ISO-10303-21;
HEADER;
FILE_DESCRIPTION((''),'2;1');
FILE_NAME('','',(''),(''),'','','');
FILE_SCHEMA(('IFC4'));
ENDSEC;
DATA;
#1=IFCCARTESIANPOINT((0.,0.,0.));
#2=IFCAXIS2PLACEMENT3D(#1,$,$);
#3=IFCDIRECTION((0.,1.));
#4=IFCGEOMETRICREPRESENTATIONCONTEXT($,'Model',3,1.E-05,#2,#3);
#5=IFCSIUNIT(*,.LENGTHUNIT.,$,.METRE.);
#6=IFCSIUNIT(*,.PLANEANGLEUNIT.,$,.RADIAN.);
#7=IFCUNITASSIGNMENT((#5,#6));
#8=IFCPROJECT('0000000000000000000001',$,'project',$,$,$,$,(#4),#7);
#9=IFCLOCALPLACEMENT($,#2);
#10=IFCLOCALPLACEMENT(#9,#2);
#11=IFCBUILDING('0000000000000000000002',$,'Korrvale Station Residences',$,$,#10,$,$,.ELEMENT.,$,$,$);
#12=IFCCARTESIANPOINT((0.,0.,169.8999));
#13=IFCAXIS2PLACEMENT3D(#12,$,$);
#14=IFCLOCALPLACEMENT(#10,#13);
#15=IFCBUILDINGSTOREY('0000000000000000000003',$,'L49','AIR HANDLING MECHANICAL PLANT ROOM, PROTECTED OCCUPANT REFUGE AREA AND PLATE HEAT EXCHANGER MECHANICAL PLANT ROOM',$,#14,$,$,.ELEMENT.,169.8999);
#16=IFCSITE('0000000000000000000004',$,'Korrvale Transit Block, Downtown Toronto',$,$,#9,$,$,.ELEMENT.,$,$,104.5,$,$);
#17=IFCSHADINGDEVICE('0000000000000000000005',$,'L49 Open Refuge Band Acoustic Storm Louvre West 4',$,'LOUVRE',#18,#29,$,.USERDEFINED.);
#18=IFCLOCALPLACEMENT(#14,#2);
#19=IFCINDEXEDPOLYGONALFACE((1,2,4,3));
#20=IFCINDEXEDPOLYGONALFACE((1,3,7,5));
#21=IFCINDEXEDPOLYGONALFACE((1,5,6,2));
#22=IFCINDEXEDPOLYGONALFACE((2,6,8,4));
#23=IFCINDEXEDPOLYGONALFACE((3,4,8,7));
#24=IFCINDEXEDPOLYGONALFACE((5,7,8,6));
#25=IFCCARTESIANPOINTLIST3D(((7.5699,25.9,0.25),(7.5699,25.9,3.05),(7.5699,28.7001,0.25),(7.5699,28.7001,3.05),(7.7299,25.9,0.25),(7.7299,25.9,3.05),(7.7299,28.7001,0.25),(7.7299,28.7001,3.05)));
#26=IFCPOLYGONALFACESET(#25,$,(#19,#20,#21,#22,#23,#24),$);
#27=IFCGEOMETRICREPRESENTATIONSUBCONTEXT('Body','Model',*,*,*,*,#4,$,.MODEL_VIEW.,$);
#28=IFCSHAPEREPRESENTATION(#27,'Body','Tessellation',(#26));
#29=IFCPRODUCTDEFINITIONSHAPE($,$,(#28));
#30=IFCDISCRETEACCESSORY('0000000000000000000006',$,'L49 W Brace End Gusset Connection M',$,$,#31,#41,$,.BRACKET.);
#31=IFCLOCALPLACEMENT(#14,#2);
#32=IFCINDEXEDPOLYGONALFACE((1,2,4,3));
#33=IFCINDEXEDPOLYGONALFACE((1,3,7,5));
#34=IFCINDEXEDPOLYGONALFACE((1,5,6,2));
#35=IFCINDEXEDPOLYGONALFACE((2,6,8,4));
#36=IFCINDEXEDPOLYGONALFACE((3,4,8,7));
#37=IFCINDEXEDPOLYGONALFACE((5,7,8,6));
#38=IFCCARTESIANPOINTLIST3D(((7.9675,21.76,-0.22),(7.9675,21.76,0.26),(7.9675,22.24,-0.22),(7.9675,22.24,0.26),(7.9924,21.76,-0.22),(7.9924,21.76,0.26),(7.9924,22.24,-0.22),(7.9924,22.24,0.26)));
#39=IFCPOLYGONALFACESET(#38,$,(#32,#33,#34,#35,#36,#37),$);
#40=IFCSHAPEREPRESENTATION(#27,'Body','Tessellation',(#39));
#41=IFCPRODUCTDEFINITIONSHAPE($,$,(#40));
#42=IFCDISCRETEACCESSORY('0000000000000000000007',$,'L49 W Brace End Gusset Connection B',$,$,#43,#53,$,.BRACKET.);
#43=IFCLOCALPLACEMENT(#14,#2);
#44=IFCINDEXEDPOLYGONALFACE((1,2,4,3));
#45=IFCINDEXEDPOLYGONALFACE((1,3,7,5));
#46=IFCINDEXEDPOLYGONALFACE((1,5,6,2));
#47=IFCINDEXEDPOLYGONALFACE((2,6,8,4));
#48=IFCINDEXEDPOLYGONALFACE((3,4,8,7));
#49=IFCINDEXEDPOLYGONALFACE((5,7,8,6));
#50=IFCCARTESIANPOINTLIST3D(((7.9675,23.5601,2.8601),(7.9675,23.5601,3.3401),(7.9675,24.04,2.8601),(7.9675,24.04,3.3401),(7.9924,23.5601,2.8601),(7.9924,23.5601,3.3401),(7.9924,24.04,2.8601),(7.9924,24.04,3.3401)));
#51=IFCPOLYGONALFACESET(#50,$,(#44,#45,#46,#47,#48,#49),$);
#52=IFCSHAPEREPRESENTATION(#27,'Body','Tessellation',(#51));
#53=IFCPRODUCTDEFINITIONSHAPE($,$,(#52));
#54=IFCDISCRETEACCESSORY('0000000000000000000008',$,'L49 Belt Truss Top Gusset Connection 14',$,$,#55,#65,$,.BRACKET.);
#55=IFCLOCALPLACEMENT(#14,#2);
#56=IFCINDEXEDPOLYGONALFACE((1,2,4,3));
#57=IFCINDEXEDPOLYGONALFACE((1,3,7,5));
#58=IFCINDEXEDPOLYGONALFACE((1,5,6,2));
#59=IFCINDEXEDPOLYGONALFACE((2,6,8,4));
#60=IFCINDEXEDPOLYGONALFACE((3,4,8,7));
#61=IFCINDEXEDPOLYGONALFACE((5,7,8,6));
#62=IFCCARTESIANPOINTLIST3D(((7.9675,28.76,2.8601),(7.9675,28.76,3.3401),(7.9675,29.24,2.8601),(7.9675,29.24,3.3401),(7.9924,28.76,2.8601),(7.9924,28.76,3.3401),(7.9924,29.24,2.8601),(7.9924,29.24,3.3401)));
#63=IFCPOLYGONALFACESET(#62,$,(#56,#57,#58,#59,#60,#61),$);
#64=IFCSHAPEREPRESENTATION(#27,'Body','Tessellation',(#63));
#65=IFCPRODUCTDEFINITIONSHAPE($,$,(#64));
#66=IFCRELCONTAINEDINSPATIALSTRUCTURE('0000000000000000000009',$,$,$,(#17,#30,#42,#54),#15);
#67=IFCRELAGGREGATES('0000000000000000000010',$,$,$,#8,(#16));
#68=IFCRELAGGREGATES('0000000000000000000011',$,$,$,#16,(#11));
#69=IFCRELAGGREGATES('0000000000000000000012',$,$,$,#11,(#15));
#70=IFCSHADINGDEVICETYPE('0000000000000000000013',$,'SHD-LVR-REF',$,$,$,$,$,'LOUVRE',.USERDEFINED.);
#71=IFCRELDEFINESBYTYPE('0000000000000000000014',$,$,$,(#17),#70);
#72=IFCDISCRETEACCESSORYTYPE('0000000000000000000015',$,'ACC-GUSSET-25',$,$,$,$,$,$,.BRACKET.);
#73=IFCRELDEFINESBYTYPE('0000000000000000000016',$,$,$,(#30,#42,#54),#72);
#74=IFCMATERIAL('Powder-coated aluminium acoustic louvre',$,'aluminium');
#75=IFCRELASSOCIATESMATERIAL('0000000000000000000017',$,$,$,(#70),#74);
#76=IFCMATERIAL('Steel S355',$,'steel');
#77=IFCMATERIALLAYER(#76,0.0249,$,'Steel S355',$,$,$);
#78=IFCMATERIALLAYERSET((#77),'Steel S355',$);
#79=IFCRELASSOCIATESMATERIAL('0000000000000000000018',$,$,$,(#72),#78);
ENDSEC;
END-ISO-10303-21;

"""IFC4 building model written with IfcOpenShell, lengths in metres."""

from ifc_helpers import new_model, si_unit, direction, frame, origin, origin_2d, place, context, subcontext, project, spatial, rectangle, extrude, material, layer, layer_set, type_object, element, save


model = new_model("IFC4")

# Units and contexts
model_context = context("Model", 3, precision=1e-05, world=origin(), true_north=direction((0.0, 1.0)))
body_context = subcontext(model_context, "Body", "Model", "MODEL_VIEW")
ifc_project = project(units=[si_unit("LENGTHUNIT", "METRE"), si_unit("PLANEANGLEUNIT", "RADIAN")], contexts=[model_context])

# Site, building, storey
site_placement = place(None, origin())
site = spatial("IfcSite", under=ifc_project, at=site_placement, Name="Korrvale Transit Block, Downtown Toronto", CompositionType="ELEMENT", RefElevation=104.5)
building_placement = place(site_placement, origin())
building = spatial("IfcBuilding", under=site, at=building_placement, Name="Korrvale Station Residences", CompositionType="ELEMENT")
storey_placement = place(building_placement, frame((0.0, 0.0, 169.8999)))
storey = spatial("IfcBuildingStorey", under=building, at=storey_placement, Name="L49", Description="AIR HANDLING MECHANICAL PLANT ROOM, PROTECTED OCCUPANT REFUGE AREA AND PLATE HEAT EXCHANGER MECHANICAL PLANT ROOM", CompositionType="ELEMENT", Elevation=169.8999)

# Shared definitions
ifc_material_1 = material(Name="Steel S355", Category="steel")

# Shading device
ifc_material_2 = material(Name="Powder-coated aluminium acoustic louvre", Category="aluminium")
shading_device_type = type_object("IfcShadingDeviceType", Name="SHD-LVR-REF", ElementType="LOUVRE", PredefinedType="USERDEFINED", material=ifc_material_2)
for number, where, z_axis, x_axis, name in (
    (1, (7.6499, 27.3, 0.25), (0.0, 0.0, 1.0), (1.0, 0.0, 0.0), "L49 Open Refuge Band Acoustic Storm Louvre West 4"),
):
    element("IfcShadingDevice", number, at=place(storey_placement, frame(where, z_axis=z_axis, x_axis=x_axis)), inside=storey, type_object=shading_device_type, Name=name, ObjectType="LOUVRE", PredefinedType="USERDEFINED", context=body_context, shape_type="SweptSolid", body=[
        extrude(rectangle(XDim=0.1599, YDim=2.8, at=origin_2d()), origin(), (0.0, 0.0, 1.0), 2.8),
    ])

# Discrete accessories
ifc_layer_1 = layer(ifc_material_1, 0.0249, Name="Steel S355")
ifc_layer_set_1 = layer_set([ifc_layer_1], Name="Steel S355")
discrete_accessory_type = type_object("IfcDiscreteAccessoryType", Name="ACC-GUSSET-25", PredefinedType="BRACKET", material=ifc_layer_set_1)
for number, where, z_axis, x_axis, name in (
    (2, (7.98, 22.0, -0.22), (0.0, 0.0, 1.0), (0.0, 1.0, 0.0), "L49 W Brace End Gusset Connection M"),
    (3, (7.98, 23.8, 2.8601), (0.0, 0.0, 1.0), (0.0, 1.0, 0.0), "L49 W Brace End Gusset Connection B"),
    (4, (7.98, 29.0, 2.8601), (0.0, 0.0, 1.0), (0.0, 1.0, 0.0), "L49 Belt Truss Top Gusset Connection 14"),
):
    element("IfcDiscreteAccessory", number, at=place(storey_placement, frame(where, z_axis=z_axis, x_axis=x_axis)), inside=storey, type_object=discrete_accessory_type, Name=name, PredefinedType="BRACKET", context=body_context, shape_type="SweptSolid", body=[
        extrude(rectangle(XDim=0.48, YDim=0.0249, at=origin_2d()), origin(), (0.0, 0.0, 1.0), 0.48),
    ])

save(model, "model.ifc")
